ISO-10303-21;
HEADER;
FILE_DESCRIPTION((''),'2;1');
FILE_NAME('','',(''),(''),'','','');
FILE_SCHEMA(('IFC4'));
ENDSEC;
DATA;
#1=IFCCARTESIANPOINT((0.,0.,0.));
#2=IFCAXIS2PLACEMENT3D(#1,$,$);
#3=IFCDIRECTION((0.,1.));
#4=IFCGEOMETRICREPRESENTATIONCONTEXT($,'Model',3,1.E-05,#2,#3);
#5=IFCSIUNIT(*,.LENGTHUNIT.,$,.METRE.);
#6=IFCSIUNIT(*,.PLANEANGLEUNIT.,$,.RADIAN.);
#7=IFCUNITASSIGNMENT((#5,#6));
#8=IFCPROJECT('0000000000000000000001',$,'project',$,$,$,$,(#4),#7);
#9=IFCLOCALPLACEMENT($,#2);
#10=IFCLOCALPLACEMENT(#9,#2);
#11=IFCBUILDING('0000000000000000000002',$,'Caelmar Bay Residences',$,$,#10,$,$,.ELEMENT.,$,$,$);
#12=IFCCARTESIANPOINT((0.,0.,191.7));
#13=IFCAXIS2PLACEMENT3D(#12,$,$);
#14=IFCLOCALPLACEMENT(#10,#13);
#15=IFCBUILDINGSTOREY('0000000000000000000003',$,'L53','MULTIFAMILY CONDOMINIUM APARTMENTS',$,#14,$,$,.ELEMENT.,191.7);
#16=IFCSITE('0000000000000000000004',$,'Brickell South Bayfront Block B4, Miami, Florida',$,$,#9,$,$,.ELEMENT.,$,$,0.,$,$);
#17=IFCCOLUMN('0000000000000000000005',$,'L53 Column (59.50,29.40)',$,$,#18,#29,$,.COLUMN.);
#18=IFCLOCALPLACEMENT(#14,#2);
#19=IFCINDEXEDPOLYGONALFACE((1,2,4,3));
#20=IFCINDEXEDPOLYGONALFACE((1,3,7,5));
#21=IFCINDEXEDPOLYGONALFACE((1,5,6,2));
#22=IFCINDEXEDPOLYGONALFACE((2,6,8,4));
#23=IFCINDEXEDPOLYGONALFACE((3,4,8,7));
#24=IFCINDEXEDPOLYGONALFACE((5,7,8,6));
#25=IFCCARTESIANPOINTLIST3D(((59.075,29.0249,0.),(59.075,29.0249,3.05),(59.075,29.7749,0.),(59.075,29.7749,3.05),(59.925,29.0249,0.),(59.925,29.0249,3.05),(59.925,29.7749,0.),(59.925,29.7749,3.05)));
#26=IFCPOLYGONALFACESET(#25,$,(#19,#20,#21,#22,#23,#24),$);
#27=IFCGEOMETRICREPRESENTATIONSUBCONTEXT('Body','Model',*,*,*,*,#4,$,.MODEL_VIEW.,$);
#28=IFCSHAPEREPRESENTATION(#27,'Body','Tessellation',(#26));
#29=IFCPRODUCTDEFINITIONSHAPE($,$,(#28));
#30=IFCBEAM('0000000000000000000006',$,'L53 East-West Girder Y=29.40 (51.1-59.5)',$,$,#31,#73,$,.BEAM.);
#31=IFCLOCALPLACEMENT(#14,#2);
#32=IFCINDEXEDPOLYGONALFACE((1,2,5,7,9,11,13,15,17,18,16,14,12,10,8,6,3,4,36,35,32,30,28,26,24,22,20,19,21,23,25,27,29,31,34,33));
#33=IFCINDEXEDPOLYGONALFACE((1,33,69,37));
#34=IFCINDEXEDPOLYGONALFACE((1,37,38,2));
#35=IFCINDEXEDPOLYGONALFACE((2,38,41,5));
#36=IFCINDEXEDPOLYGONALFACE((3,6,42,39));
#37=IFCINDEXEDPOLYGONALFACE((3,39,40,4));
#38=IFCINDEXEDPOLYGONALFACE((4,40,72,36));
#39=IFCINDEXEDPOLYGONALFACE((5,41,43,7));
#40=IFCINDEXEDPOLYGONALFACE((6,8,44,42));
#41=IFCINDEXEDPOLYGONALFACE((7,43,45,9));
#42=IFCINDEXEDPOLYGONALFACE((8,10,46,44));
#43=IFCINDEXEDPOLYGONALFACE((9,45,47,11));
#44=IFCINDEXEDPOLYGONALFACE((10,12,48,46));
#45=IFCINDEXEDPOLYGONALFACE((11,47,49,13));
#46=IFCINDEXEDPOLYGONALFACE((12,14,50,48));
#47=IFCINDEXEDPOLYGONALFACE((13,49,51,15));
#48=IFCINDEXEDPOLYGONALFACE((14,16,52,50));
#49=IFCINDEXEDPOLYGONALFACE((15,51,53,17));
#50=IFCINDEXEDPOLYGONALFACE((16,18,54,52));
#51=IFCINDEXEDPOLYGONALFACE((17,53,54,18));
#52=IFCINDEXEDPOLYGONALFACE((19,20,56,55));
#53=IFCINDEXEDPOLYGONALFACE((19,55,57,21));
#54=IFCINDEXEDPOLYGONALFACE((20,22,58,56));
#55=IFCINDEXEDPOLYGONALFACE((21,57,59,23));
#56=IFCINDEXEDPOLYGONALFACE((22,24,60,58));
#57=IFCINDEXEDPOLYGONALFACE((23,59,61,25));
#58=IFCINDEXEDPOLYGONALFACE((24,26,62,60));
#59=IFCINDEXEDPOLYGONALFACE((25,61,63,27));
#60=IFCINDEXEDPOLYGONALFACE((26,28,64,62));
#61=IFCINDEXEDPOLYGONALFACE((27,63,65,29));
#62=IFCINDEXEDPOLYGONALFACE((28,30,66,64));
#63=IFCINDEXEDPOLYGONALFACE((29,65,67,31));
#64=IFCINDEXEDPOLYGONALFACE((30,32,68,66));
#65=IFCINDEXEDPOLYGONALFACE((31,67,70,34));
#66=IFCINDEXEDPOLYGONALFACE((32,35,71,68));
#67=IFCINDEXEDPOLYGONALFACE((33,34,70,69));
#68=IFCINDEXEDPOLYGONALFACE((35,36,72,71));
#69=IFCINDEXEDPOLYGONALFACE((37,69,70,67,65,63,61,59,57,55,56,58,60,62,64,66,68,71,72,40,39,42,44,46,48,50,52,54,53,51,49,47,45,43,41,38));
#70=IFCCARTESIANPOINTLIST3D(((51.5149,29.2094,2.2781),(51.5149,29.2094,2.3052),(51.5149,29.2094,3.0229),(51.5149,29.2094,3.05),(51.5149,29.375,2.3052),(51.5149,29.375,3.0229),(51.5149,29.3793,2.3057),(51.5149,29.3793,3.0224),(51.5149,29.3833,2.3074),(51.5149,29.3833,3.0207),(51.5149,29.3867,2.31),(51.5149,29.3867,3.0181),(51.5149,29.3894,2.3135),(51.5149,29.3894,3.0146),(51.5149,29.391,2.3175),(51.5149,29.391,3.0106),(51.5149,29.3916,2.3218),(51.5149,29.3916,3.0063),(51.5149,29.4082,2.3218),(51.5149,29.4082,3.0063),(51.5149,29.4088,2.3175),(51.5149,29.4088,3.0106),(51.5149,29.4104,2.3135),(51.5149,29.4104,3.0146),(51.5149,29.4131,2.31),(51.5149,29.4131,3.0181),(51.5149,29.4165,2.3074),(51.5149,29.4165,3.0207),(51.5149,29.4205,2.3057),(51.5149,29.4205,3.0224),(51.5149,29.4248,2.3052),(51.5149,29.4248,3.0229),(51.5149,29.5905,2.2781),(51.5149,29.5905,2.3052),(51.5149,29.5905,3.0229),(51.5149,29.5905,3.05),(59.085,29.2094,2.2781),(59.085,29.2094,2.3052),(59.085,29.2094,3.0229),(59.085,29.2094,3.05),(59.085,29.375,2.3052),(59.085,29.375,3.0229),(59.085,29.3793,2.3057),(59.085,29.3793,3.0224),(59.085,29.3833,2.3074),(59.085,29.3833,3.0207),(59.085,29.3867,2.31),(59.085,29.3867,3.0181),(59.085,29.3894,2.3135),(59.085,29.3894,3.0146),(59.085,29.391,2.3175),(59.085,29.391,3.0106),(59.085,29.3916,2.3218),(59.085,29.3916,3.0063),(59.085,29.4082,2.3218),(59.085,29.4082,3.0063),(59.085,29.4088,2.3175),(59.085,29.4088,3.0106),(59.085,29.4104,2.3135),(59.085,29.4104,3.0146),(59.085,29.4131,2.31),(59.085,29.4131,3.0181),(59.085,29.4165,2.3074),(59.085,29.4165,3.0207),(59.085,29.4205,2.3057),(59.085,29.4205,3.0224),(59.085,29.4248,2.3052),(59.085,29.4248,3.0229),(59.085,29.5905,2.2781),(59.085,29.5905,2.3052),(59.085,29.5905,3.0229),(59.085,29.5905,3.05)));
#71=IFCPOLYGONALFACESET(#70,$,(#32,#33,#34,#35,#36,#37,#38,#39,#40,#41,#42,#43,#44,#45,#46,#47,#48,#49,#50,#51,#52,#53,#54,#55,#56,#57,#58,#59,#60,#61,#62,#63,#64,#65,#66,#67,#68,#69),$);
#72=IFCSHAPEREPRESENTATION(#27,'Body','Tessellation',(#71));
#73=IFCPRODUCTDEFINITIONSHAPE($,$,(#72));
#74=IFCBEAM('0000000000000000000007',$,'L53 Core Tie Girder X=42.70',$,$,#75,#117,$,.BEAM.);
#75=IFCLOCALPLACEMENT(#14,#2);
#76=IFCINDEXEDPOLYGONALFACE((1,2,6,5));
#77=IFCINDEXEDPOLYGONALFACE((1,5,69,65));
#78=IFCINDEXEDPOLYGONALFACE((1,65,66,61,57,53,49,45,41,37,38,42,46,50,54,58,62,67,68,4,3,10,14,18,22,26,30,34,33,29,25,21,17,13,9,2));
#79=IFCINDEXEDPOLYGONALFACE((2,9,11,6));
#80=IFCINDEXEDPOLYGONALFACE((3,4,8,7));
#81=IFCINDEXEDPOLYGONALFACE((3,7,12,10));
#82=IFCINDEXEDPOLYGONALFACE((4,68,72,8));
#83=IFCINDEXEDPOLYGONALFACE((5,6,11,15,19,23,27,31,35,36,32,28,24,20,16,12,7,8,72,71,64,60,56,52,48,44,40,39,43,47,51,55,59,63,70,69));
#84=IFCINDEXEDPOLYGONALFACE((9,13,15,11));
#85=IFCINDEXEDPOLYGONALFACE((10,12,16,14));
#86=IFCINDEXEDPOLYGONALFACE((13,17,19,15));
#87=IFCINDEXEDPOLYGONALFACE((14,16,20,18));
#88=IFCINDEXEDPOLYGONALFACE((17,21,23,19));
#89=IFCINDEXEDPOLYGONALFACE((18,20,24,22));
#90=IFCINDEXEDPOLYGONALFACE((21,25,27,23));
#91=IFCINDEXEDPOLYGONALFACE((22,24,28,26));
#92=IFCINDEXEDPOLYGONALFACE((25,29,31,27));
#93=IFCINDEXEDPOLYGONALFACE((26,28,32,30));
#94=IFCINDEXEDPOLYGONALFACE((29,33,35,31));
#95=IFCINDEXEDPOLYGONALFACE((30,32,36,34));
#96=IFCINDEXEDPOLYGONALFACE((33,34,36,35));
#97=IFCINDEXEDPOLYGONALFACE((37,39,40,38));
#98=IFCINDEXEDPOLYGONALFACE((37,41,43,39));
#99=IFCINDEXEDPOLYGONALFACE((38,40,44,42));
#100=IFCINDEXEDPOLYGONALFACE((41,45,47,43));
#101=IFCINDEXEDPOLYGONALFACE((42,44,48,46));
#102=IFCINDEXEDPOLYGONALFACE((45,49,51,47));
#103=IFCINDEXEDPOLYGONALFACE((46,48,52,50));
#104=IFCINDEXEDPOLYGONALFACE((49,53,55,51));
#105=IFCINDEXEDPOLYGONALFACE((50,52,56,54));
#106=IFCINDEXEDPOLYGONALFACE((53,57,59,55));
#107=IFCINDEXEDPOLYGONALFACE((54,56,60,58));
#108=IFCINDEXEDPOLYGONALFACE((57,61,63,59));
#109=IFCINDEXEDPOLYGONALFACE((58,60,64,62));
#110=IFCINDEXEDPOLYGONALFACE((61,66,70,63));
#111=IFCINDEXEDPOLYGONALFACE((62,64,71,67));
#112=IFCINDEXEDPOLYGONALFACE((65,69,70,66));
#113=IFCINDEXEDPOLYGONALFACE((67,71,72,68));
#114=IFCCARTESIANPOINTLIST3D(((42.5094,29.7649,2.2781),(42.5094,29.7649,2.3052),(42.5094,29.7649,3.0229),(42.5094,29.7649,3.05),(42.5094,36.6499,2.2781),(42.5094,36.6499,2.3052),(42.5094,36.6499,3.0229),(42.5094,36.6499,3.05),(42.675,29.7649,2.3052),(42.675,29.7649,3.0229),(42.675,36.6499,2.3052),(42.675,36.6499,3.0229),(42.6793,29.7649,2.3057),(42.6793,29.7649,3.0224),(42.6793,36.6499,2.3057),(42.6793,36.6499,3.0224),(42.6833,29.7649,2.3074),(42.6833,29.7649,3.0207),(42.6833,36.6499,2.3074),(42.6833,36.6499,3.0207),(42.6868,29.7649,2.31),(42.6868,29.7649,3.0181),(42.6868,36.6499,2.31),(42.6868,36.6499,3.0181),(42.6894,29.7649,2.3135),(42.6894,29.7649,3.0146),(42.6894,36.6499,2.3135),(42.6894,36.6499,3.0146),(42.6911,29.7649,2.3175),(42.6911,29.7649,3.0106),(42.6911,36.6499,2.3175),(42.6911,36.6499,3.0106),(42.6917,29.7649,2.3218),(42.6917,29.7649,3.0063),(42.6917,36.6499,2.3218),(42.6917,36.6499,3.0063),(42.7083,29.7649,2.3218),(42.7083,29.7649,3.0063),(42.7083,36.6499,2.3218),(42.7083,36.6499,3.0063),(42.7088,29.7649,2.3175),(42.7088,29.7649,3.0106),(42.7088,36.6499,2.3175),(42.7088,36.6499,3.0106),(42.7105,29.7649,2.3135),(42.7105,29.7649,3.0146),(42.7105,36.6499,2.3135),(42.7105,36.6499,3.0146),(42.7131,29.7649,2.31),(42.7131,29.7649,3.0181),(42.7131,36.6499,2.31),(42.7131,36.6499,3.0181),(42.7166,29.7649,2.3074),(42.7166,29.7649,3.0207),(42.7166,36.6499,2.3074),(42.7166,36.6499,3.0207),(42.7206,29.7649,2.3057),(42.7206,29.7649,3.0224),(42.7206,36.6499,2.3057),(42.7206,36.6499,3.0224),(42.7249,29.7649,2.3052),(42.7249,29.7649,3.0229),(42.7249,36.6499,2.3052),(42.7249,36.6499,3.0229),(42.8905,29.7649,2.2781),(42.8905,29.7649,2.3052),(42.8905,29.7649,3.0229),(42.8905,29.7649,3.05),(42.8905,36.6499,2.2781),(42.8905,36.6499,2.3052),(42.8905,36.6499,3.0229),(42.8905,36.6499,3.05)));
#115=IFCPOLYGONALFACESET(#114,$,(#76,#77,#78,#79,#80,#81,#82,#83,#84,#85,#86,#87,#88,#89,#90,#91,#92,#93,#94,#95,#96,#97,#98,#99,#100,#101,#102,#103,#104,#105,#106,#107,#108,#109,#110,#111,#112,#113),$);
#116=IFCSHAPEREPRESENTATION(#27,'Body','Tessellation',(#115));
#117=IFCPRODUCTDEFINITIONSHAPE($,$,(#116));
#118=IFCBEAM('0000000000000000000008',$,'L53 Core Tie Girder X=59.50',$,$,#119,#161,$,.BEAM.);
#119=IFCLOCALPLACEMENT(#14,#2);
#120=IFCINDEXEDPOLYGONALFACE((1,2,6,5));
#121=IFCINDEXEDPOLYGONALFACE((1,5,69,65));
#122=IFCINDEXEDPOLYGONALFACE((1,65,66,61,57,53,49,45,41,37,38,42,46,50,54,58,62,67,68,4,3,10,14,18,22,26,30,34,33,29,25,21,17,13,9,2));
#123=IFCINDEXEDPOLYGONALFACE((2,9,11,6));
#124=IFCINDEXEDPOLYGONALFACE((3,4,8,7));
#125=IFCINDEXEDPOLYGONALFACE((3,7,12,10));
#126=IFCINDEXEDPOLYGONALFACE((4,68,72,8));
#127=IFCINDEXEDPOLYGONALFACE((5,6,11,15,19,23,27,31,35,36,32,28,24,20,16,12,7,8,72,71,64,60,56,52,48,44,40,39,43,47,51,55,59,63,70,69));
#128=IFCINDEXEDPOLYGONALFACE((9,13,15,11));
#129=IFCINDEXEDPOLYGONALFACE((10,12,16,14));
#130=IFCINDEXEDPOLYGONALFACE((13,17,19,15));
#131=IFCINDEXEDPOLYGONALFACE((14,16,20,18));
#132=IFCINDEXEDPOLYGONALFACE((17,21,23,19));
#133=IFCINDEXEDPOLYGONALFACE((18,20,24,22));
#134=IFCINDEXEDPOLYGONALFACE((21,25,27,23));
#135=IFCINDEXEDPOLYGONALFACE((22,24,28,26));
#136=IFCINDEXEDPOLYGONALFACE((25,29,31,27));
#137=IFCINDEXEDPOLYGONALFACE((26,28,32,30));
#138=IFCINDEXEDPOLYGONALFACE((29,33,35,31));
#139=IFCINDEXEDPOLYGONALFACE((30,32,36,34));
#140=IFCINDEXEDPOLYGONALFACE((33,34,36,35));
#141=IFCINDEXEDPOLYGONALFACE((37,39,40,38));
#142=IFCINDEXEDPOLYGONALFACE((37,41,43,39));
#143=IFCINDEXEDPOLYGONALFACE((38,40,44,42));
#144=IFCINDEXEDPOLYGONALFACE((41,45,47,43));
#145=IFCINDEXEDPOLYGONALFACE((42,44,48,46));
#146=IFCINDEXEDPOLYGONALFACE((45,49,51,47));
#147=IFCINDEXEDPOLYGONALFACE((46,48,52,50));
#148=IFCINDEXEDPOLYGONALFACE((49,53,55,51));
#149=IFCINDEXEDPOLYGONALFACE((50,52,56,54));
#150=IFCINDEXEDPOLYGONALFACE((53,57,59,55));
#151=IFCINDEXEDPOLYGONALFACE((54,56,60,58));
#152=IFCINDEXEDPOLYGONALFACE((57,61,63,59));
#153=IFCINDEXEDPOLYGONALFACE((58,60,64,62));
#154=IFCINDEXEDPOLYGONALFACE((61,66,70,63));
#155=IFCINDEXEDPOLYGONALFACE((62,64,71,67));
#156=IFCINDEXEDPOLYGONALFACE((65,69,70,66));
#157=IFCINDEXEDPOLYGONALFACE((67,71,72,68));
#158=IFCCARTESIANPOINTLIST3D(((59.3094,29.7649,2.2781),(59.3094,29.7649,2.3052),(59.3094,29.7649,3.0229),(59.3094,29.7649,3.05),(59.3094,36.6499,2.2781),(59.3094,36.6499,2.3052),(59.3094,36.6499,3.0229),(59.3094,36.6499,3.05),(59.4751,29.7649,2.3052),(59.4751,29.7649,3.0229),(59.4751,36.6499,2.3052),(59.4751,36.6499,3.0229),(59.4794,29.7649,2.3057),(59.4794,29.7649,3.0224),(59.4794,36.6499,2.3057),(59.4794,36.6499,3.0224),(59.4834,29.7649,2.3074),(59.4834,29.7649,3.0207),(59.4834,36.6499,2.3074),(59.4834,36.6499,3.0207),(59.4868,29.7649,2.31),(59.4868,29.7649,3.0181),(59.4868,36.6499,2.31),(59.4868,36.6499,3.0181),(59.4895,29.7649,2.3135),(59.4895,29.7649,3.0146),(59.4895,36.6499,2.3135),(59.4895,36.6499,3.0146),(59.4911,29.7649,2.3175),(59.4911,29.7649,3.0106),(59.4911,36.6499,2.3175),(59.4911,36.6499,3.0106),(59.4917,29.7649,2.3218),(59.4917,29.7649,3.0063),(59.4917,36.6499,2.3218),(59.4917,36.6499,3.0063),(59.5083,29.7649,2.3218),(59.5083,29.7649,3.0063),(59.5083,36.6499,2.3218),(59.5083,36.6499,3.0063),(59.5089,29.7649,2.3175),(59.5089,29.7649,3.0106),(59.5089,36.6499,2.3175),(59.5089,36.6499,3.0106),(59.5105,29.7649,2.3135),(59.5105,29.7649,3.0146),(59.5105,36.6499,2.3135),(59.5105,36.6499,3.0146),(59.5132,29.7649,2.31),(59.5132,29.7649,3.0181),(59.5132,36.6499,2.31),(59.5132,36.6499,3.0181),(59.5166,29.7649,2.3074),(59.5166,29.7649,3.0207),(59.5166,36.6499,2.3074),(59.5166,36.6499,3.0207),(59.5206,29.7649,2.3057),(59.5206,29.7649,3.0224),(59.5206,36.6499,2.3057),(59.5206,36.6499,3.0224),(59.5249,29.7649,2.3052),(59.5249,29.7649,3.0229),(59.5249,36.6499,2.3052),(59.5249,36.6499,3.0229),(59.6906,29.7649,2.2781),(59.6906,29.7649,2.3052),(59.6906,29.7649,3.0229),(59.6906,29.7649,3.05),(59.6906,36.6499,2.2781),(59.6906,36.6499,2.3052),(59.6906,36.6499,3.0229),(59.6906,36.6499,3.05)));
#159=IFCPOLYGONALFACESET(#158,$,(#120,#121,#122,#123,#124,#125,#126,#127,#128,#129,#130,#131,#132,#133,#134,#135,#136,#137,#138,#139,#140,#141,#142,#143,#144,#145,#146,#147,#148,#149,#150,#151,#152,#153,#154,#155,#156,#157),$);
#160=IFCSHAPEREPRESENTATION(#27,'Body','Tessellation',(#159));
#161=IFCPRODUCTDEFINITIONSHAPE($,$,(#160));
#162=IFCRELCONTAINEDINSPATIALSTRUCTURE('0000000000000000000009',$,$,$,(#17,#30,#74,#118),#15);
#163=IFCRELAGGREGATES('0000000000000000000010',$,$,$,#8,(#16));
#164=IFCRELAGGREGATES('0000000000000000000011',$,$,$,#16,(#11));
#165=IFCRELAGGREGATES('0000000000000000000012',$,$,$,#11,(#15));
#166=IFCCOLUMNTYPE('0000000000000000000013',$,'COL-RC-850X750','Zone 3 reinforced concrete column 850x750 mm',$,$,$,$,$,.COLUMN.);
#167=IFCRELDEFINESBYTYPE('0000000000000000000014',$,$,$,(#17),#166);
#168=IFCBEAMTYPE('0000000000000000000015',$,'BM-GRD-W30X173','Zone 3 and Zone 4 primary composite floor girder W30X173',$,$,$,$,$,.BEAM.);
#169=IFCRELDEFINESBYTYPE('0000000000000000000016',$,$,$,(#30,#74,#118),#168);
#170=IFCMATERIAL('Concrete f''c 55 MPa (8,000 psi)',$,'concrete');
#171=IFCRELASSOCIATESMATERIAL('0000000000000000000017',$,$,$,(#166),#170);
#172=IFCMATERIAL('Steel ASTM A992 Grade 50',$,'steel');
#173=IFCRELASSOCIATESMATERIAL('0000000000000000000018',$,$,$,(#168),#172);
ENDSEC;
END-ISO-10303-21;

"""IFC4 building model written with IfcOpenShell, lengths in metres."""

from ifc_helpers import new_model, si_unit, direction, frame, origin, origin_2d, place, context, subcontext, project, spatial, rectangle, i_section, extrude, material, material_profile, profile_set, type_object, element, save


model = new_model("IFC4")

# Units and contexts
model_context = context("Model", 3, precision=1e-05, world=origin(), true_north=direction((0.0, 1.0)))
body_context = subcontext(model_context, "Body", "Model", "MODEL_VIEW")
ifc_project = project(units=[si_unit("LENGTHUNIT", "METRE"), si_unit("PLANEANGLEUNIT", "RADIAN")], contexts=[model_context])

# Site, building, storey
site_placement = place(None, origin())
site = spatial("IfcSite", under=ifc_project, at=site_placement, Name="Brickell South Bayfront Block B4, Miami, Florida", CompositionType="ELEMENT", RefElevation=0.0)
building_placement = place(site_placement, origin())
building = spatial("IfcBuilding", under=site, at=building_placement, Name="Caelmar Bay Residences", CompositionType="ELEMENT")
storey_placement = place(building_placement, frame((0.0, 0.0, 191.7)))
storey = spatial("IfcBuildingStorey", under=building, at=storey_placement, Name="L53", Description="MULTIFAMILY CONDOMINIUM APARTMENTS", CompositionType="ELEMENT", Elevation=191.7)

# Column
ifc_material_1 = material(Name="Concrete f'c 55 MPa (8,000 psi)", Category="concrete")
ifc_material_profile_1 = material_profile(ifc_material_1, rectangle(XDim=0.8501, YDim=0.75, at=origin_2d()), Name="RC-COL-850X750")
ifc_profile_set_1 = profile_set([ifc_material_profile_1], Name="Concrete f'c 55 MPa (8,000 psi)")
column_type = type_object("IfcColumnType", Name="COL-RC-850X750", Description="Zone 3 reinforced concrete column 850x750 mm", PredefinedType="COLUMN", material=ifc_profile_set_1)
column_placement = place(storey_placement, frame((59.5, 29.3999, 0.0), z_axis=(0.0, 0.0, 1.0), x_axis=(1.0, 0.0, 0.0)))
element("IfcColumn", 1, at=column_placement, inside=storey, type_object=column_type, Name="L53 Column (59.50,29.40)", PredefinedType="COLUMN", context=body_context, shape_type="SweptSolid", body=[
    extrude(rectangle(XDim=0.8501, YDim=0.75, at=origin_2d()), origin(), (0.0, 0.0, 1.0), 3.05),
])

# Beams
ifc_material_2 = material(Name="Steel ASTM A992 Grade 50", Category="steel")
ifc_material_profile_2 = material_profile(ifc_material_2, i_section(OverallWidth=0.3811, OverallDepth=0.772, WebThickness=0.0166, FlangeThickness=0.0271, FilletRadius=0.0166, at=origin_2d()), Name="W30X173")
ifc_profile_set_2 = profile_set([ifc_material_profile_2], Name="Steel ASTM A992 Grade 50")
beam_type_1 = type_object("IfcBeamType", Name="BM-GRD-W30X173", Description="Zone 3 and Zone 4 primary composite floor girder W30X173", PredefinedType="BEAM", material=ifc_profile_set_2)
beam_1_placement = place(storey_placement, frame((51.5149, 29.3999, 2.6641), z_axis=(1.0, 0.0, 0.0), x_axis=(0.0, 1.0, 0.0)))
element("IfcBeam", 2, at=beam_1_placement, inside=storey, type_object=beam_type_1, Name="L53 East-West Girder Y=29.40 (51.1-59.5)", PredefinedType="BEAM", context=body_context, shape_type="SweptSolid", body=[
    extrude(i_section(OverallWidth=0.3811, OverallDepth=0.772, WebThickness=0.0166, FlangeThickness=0.0271, FilletRadius=0.0166, at=origin_2d()), origin(), (0.0, 0.0, 1.0), 7.5701),
])
for number, where, z_axis, x_axis, name in (
    (3, (42.7, 29.7649, 2.6641), (0.0, 1.0, 0.0), (-1.0, 0.0, 0.0), "L53 Core Tie Girder X=42.70"),
    (4, (59.5, 29.7649, 2.6641), (0.0, 1.0, 0.0), (-1.0, 0.0, 0.0), "L53 Core Tie Girder X=59.50"),
):
    element("IfcBeam", number, at=place(storey_placement, frame(where, z_axis=z_axis, x_axis=x_axis)), inside=storey, type_object=beam_type_1, Name=name, PredefinedType="BEAM", context=body_context, shape_type="SweptSolid", body=[
        extrude(i_section(OverallWidth=0.3811, OverallDepth=0.772, WebThickness=0.0166, FlangeThickness=0.0271, FilletRadius=0.0166, at=origin_2d()), origin(), (0.0, 0.0, 1.0), 6.885),
    ])

save(model, "model.ifc")
